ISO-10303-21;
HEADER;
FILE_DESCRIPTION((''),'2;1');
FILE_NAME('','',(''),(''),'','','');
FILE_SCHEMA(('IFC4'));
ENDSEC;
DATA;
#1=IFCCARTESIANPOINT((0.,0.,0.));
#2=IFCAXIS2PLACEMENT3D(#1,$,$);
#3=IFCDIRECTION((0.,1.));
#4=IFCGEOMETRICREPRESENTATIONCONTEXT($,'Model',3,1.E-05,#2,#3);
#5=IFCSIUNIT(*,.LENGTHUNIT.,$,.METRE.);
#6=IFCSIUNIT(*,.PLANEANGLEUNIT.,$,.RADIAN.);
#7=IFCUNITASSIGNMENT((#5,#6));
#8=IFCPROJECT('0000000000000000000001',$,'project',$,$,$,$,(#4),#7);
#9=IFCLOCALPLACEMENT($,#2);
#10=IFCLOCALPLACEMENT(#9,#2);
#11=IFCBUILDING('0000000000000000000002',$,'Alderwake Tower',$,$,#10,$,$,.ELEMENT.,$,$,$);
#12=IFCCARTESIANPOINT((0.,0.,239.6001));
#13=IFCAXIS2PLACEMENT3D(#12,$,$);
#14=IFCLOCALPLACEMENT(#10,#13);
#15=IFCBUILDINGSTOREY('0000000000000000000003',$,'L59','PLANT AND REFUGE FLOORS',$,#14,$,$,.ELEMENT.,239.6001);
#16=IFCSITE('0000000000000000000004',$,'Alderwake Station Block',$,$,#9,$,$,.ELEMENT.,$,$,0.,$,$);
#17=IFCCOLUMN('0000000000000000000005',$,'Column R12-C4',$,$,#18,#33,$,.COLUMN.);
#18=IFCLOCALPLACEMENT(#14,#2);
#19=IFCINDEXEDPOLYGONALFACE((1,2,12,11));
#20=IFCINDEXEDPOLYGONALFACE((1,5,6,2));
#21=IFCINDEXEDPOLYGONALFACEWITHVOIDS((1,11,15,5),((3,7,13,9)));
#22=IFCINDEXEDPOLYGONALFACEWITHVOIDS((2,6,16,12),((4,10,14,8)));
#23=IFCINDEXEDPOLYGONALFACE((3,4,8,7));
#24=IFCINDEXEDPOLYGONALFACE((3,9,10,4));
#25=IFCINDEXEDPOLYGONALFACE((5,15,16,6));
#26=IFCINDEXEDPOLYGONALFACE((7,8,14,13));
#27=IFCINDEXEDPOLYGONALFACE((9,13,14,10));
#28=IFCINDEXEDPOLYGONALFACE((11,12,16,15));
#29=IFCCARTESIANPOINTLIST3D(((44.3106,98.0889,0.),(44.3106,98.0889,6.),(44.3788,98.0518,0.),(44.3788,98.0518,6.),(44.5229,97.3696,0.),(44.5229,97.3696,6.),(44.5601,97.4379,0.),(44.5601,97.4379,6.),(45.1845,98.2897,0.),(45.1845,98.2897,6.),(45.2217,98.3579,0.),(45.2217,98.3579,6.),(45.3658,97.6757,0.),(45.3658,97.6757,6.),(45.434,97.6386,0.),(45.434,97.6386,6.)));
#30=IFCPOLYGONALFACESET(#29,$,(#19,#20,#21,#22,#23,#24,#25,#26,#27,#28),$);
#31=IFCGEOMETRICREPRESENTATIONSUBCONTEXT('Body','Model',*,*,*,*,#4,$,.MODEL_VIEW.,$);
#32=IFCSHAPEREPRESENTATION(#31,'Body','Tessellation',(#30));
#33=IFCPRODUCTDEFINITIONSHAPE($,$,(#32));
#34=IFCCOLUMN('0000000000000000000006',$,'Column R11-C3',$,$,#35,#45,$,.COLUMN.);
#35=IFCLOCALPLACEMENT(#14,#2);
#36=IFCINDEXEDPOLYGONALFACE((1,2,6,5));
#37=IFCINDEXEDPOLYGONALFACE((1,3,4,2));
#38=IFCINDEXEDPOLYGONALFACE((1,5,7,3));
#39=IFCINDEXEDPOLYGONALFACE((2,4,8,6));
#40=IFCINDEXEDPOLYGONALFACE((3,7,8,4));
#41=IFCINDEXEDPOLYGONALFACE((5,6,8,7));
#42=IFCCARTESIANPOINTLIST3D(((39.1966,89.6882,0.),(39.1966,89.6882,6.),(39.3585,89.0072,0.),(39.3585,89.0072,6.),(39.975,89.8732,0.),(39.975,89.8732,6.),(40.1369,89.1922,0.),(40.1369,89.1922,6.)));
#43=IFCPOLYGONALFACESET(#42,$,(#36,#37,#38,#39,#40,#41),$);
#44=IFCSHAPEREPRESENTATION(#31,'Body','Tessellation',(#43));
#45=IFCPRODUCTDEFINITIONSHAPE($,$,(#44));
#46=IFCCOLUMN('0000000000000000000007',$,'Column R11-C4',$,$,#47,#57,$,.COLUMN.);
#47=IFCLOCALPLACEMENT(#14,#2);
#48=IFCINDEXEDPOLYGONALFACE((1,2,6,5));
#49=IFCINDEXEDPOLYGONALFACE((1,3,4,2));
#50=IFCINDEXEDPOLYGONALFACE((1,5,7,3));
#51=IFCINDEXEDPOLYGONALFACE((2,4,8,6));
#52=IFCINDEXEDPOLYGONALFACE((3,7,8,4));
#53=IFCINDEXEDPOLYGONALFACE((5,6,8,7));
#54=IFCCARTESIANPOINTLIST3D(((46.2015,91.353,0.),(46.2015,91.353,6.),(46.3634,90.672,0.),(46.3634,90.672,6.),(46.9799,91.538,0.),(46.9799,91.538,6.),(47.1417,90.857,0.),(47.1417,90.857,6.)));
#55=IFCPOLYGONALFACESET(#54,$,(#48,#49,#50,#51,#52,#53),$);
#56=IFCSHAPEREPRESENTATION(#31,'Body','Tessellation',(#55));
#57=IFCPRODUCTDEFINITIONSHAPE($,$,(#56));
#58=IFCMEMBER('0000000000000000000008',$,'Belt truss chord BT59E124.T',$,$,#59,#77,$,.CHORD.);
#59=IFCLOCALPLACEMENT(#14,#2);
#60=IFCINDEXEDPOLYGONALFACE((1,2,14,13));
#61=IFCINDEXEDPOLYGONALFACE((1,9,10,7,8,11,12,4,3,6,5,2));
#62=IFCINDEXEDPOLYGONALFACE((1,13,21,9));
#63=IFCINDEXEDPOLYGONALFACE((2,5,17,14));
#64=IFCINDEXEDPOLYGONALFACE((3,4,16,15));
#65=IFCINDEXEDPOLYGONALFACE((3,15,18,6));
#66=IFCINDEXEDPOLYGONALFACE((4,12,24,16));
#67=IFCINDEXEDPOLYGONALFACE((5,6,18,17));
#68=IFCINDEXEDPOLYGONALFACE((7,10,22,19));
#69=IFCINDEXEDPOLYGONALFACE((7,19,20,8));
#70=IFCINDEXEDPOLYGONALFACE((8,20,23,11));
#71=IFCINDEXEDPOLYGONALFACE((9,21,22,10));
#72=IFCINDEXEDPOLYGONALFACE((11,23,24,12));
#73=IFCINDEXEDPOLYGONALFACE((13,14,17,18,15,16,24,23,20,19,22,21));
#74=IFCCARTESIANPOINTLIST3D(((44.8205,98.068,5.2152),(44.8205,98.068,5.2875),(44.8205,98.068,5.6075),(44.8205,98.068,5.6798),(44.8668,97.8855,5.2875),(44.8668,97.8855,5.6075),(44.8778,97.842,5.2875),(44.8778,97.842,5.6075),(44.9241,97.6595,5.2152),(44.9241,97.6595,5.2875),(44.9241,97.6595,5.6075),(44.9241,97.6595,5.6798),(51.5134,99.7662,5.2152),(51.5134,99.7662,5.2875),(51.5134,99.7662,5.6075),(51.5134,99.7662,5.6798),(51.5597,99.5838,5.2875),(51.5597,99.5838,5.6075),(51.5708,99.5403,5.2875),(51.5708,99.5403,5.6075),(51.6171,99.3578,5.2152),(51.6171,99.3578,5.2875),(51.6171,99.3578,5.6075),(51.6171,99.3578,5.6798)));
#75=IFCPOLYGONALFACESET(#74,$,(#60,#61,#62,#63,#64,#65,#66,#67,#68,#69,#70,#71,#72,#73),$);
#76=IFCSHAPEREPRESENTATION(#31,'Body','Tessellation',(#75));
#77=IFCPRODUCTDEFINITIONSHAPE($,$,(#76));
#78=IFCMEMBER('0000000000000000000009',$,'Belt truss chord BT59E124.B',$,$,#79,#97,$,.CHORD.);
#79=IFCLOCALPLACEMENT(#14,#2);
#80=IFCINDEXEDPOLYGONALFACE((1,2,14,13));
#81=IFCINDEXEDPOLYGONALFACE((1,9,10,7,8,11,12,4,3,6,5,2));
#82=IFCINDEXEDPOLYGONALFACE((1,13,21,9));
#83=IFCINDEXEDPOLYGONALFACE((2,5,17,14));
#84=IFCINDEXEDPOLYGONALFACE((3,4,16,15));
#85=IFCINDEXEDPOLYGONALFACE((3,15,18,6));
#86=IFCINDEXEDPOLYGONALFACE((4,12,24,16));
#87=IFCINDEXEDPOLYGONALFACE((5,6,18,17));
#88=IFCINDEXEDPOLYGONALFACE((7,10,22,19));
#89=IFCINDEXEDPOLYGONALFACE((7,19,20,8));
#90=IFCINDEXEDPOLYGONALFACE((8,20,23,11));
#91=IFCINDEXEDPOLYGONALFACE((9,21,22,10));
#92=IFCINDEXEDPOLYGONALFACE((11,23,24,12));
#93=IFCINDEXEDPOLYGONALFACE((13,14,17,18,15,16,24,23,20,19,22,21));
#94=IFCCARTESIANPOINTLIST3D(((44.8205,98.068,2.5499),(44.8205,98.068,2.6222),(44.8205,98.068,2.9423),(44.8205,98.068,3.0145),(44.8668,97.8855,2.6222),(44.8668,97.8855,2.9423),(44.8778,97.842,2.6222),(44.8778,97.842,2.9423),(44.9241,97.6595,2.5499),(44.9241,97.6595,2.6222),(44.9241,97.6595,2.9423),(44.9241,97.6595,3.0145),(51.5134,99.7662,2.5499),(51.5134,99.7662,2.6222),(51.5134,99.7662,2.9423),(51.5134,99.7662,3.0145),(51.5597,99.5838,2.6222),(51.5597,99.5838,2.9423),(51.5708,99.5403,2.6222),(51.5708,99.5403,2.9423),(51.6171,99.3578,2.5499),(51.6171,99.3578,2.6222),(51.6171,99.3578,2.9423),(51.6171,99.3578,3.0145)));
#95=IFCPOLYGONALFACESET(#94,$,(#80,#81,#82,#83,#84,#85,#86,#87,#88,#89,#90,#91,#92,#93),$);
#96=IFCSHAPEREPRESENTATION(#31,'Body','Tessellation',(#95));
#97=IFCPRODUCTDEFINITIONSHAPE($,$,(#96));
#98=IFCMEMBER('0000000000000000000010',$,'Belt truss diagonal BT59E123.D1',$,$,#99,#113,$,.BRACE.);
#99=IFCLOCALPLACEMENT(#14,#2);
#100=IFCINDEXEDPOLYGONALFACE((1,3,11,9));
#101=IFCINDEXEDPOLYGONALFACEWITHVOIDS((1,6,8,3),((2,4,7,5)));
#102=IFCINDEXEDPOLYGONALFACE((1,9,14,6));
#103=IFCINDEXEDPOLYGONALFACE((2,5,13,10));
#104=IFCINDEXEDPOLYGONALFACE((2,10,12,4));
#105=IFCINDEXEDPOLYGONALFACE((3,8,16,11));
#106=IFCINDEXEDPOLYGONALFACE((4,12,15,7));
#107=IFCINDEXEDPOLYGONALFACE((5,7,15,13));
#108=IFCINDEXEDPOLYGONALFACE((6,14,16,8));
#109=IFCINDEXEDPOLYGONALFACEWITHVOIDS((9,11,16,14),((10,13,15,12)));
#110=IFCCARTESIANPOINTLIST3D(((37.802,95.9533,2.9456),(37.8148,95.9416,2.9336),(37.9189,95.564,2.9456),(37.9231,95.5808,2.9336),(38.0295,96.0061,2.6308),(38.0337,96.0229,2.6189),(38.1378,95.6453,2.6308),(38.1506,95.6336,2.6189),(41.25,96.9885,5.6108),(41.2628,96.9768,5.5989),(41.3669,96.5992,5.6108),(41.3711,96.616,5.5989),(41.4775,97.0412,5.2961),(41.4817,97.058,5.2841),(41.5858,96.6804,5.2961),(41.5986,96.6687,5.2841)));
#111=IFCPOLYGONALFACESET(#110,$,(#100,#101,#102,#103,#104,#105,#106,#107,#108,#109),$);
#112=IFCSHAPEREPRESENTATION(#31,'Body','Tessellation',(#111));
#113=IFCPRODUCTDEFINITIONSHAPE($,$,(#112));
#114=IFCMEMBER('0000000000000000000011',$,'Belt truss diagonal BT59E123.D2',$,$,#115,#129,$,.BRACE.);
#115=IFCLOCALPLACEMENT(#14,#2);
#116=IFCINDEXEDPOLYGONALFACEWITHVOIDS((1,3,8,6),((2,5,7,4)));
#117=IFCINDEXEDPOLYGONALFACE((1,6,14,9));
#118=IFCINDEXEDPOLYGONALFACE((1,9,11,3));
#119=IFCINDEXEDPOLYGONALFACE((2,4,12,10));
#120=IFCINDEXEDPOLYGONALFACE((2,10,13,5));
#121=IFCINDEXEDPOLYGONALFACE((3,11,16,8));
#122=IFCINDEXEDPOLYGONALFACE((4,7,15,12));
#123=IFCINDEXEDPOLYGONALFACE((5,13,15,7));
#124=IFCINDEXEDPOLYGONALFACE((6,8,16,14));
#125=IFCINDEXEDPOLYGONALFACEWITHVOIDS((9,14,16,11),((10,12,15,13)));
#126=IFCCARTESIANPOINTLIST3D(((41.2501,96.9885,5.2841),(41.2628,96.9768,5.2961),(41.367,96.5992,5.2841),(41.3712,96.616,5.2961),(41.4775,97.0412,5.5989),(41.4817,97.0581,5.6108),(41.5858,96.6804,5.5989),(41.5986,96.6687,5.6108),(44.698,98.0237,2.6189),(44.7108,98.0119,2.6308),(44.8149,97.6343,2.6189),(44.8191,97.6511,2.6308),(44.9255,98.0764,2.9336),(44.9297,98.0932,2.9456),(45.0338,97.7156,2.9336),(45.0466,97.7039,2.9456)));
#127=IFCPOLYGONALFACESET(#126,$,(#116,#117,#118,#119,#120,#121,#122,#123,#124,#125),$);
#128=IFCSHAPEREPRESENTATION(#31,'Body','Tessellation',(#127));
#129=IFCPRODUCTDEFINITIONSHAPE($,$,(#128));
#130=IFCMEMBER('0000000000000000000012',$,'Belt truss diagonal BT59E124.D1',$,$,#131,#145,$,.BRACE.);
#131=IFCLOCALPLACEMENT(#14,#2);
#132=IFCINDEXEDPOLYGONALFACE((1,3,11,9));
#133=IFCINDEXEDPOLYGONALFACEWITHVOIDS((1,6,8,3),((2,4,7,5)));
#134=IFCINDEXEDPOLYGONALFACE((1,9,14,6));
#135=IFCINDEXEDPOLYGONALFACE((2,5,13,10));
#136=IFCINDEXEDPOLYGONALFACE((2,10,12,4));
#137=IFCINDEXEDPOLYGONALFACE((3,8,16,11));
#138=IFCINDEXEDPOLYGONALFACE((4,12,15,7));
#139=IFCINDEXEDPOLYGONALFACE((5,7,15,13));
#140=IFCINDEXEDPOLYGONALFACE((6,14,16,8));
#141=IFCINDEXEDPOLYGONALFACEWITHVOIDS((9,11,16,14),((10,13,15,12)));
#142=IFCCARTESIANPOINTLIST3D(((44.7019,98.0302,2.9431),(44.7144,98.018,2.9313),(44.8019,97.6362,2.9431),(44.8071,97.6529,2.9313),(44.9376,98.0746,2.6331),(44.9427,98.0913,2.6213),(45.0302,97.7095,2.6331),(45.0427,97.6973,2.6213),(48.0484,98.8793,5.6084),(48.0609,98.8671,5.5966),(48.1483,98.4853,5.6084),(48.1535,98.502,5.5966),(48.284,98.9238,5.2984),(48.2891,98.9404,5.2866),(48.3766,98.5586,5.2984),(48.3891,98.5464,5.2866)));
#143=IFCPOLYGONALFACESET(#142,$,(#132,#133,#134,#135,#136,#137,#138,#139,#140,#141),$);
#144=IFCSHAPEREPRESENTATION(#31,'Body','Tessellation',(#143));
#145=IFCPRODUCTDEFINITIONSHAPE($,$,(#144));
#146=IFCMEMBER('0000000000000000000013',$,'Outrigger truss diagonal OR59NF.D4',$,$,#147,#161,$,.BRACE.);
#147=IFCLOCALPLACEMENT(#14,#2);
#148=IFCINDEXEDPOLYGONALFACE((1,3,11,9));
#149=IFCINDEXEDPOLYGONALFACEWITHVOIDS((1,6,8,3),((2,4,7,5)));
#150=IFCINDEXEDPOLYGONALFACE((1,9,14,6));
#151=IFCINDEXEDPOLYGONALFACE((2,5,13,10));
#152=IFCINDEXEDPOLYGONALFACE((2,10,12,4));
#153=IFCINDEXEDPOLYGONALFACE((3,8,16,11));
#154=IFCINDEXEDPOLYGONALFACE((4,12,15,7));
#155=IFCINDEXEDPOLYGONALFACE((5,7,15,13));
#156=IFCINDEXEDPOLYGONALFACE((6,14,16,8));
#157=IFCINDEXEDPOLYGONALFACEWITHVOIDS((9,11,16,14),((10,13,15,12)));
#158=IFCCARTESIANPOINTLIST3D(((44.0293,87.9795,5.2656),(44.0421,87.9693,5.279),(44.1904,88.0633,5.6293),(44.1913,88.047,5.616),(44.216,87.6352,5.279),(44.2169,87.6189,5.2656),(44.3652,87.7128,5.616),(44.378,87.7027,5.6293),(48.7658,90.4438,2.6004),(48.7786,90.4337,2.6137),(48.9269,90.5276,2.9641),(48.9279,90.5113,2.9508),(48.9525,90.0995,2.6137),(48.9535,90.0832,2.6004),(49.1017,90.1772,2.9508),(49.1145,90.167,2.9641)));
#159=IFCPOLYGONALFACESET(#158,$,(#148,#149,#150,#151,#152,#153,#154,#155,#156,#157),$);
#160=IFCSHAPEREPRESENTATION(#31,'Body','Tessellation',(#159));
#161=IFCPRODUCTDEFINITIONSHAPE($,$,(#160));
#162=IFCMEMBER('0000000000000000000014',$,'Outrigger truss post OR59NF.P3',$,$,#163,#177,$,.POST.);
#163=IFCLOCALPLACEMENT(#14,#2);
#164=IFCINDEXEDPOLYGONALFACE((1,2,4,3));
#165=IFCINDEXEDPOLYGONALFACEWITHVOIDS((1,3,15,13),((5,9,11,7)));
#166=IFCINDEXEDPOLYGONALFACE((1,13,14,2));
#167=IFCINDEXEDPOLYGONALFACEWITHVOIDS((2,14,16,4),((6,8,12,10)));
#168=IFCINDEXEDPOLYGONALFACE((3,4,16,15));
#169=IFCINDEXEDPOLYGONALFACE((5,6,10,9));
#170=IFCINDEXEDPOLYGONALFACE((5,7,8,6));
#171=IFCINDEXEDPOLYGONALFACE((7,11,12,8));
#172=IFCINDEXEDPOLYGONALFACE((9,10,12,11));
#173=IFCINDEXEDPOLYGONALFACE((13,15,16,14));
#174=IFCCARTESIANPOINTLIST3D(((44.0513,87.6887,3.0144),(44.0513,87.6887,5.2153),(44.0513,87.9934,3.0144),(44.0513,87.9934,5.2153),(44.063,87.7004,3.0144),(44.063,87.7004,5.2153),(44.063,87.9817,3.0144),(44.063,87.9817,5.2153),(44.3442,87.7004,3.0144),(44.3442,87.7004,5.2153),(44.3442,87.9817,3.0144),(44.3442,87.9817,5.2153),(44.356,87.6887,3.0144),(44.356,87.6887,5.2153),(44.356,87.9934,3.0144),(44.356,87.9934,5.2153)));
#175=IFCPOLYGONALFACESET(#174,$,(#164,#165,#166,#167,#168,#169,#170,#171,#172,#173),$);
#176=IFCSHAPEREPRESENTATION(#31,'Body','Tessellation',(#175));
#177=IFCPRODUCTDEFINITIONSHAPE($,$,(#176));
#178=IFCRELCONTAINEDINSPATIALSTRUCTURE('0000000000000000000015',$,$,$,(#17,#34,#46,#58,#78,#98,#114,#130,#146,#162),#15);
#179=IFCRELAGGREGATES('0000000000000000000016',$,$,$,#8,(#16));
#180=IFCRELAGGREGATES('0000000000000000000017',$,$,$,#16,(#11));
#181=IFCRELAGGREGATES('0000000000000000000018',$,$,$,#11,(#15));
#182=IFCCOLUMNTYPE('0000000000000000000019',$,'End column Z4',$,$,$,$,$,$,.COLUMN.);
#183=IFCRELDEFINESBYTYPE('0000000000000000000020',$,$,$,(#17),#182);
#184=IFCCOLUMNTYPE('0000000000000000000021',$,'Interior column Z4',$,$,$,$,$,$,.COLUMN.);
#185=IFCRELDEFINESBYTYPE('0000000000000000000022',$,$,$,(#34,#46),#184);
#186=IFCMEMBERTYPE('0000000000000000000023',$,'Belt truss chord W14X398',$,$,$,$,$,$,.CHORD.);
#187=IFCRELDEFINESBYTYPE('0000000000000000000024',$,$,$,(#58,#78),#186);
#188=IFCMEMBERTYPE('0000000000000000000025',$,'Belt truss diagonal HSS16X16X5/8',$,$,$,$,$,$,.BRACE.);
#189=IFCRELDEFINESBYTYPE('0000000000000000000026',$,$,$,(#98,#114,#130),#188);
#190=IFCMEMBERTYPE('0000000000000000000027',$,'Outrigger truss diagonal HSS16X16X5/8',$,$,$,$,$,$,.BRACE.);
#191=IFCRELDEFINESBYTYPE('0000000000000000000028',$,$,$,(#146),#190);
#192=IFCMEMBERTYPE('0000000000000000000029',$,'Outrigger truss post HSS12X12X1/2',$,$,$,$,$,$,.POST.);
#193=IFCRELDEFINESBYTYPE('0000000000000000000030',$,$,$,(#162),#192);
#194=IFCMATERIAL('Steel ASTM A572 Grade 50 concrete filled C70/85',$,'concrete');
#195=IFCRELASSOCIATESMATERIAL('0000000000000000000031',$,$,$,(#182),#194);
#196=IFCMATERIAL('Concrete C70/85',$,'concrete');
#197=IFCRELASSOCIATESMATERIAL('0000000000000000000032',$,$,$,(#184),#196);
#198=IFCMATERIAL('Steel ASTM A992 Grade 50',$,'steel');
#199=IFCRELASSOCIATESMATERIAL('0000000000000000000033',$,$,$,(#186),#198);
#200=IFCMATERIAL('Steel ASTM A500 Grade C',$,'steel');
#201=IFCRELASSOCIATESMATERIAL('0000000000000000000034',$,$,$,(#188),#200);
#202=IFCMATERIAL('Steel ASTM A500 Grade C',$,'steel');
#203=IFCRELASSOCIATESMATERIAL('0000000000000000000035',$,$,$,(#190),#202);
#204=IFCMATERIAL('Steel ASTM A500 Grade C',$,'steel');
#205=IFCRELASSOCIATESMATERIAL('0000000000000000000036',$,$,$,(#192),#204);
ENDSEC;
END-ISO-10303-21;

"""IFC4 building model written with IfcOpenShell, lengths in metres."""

from ifc_helpers import new_model, si_unit, direction, frame, origin, origin_2d, place, context, subcontext, project, spatial, rectangle, hollow_rectangle, i_section, extrude, material, material_profile, profile_set, type_object, element, save


model = new_model("IFC4")

# Units and contexts
model_context = context("Model", 3, precision=1e-05, world=origin(), true_north=direction((0.0, 1.0)))
body_context = subcontext(model_context, "Body", "Model", "MODEL_VIEW")
ifc_project = project(units=[si_unit("LENGTHUNIT", "METRE"), si_unit("PLANEANGLEUNIT", "RADIAN")], contexts=[model_context])

# Site, building, storey
site_placement = place(None, origin())
site = spatial("IfcSite", under=ifc_project, at=site_placement, Name="Alderwake Station Block", CompositionType="ELEMENT", RefElevation=0.0)
building_placement = place(site_placement, origin())
building = spatial("IfcBuilding", under=site, at=building_placement, Name="Alderwake Tower", CompositionType="ELEMENT")
storey_placement = place(building_placement, frame((0.0, 0.0, 239.6001)))
storey = spatial("IfcBuildingStorey", under=building, at=storey_placement, Name="L59", Description="PLANT AND REFUGE FLOORS", CompositionType="ELEMENT", Elevation=239.6001)

# Columns
ifc_material_1 = material(Name="Steel ASTM A572 Grade 50 concrete filled C70/85", Category="concrete")
ifc_material_profile_1 = material_profile(ifc_material_1, hollow_rectangle(XDim=0.75, YDim=0.95, WallThickness=0.0549, at=origin_2d()), Name="BOX 950X750X55")
ifc_profile_set_1 = profile_set([ifc_material_profile_1], Name="Steel ASTM A572 Grade 50 concrete filled C70/85")
column_type_1 = type_object("IfcColumnType", Name="End column Z4", PredefinedType="COLUMN", material=ifc_profile_set_1)
column_placement = place(storey_placement, frame((44.8723, 97.8638, 0.0), z_axis=(0.0, 0.0, 1.0), x_axis=(-0.283132, 0.959081, 0.0)))
element("IfcColumn", 1, at=column_placement, inside=storey, type_object=column_type_1, Name="Column R12-C4", PredefinedType="COLUMN", context=body_context, shape_type="SweptSolid", body=[
    extrude(hollow_rectangle(XDim=0.75, YDim=0.95, WallThickness=0.0549, at=origin_2d()), origin(), (0.0, 0.0, 1.0), 6.0),
])
ifc_material_2 = material(Name="Concrete C70/85", Category="concrete")
ifc_material_profile_2 = material_profile(ifc_material_2, rectangle(XDim=0.7, YDim=0.8, at=origin_2d()), Name="RC 800X700")
ifc_profile_set_2 = profile_set([ifc_material_profile_2], Name="Concrete C70/85")
column_type_2 = type_object("IfcColumnType", Name="Interior column Z4", PredefinedType="COLUMN", material=ifc_profile_set_2)
for number, where, z_axis, x_axis, name in (
    (2, (39.6667, 89.4402, 0.0), (0.0, 0.0, 1.0), (-0.231222, 0.972901, 0.0), "Column R11-C3"),
    (3, (46.6716, 91.105, 0.0), (0.0, 0.0, 1.0), (-0.231222, 0.972901, 0.0), "Column R11-C4"),
):
    element("IfcColumn", number, at=place(storey_placement, frame(where, z_axis=z_axis, x_axis=x_axis)), inside=storey, type_object=column_type_2, Name=name, PredefinedType="COLUMN", context=body_context, shape_type="SweptSolid", body=[
        extrude(rectangle(XDim=0.7, YDim=0.8, at=origin_2d()), origin(), (0.0, 0.0, 1.0), 6.0),
    ])

# Members
ifc_material_3 = material(Name="Steel ASTM A992 Grade 50", Category="steel")
ifc_material_profile_3 = material_profile(ifc_material_3, i_section(OverallWidth=0.4214, OverallDepth=0.4646, WebThickness=0.0449, FlangeThickness=0.0723, at=origin_2d()), Name="W14X398")
ifc_profile_set_3 = profile_set([ifc_material_profile_3], Name="Steel ASTM A992 Grade 50")
member_type_1 = type_object("IfcMemberType", Name="Belt truss chord W14X398", PredefinedType="CHORD", material=ifc_profile_set_3)
for number, where, z_axis, x_axis, name in (
    (4, (44.8723, 97.8638, 5.4475), (0.969284, 0.245945, 0.0), (-0.245945, 0.969284, 0.0), "Belt truss chord BT59E124.T"),
    (5, (44.8723, 97.8638, 2.7822), (0.969284, 0.245945, 0.0), (-0.245945, 0.969284, 0.0), "Belt truss chord BT59E124.B"),
):
    element("IfcMember", number, at=place(storey_placement, frame(where, z_axis=z_axis, x_axis=x_axis)), inside=storey, type_object=member_type_1, Name=name, PredefinedType="CHORD", context=body_context, shape_type="SweptSolid", body=[
        extrude(i_section(OverallWidth=0.4214, OverallDepth=0.4646, WebThickness=0.0449, FlangeThickness=0.0723, at=origin_2d()), origin(), (0.0, 0.0, 1.0), 6.905),
    ])
ifc_material_4 = material(Name="Steel ASTM A500 Grade C", Category="steel")
ifc_material_profile_4 = material_profile(ifc_material_4, hollow_rectangle(XDim=0.4065, YDim=0.4065, WallThickness=0.0149, at=origin_2d()), Name="HSS16X16X5/8")
ifc_profile_set_4 = profile_set([ifc_material_profile_4], Name="Steel ASTM A500 Grade C")
member_type_2 = type_object("IfcMemberType", Name="Belt truss diagonal HSS16X16X5/8", PredefinedType="BRACE", material=ifc_profile_set_4)
for number, where, z_axis, x_axis, name in (
    (6, (37.9763, 95.7935, 2.7822), (0.769766, 0.231099, 0.595025), (-0.287541, 0.957768, 0.0), "Belt truss diagonal BT59E123.D1"),
    (7, (44.8723, 97.8638, 2.7822), (-0.769766, -0.231099, 0.595025), (0.287541, -0.957768, 0.0), "Belt truss diagonal BT59E123.D2"),
):
    element("IfcMember", number, at=place(storey_placement, frame(where, z_axis=z_axis, x_axis=x_axis)), inside=storey, type_object=member_type_2, Name=name, PredefinedType="BRACE", context=body_context, shape_type="SweptSolid", body=[
        extrude(hollow_rectangle(XDim=0.4065, YDim=0.4065, WallThickness=0.0149, at=origin_2d()), origin(), (0.0, 0.0, 1.0), 4.4792),
    ])
member_1_placement = place(storey_placement, frame((44.8723, 97.8638, 2.7822), z_axis=(0.767253, 0.194682, 0.611082), x_axis=(-0.245945, 0.969284, 0.0)))
element("IfcMember", 8, at=member_1_placement, inside=storey, type_object=member_type_2, Name="Belt truss diagonal BT59E124.D1", PredefinedType="BRACE", context=body_context, shape_type="SweptSolid", body=[
    extrude(hollow_rectangle(XDim=0.4065, YDim=0.4065, WallThickness=0.0149, at=origin_2d()), origin(), (0.0, 0.0, 1.0), 4.3616),
])
ifc_material_5 = material(Name="Steel ASTM A500 Grade C", Category="steel")
ifc_material_profile_5 = material_profile(ifc_material_5, hollow_rectangle(XDim=0.4065, YDim=0.4065, WallThickness=0.0149, at=origin_2d()), Name="HSS16X16X5/8")
ifc_profile_set_5 = profile_set([ifc_material_profile_5], Name="Steel ASTM A500 Grade C")
member_type_3 = type_object("IfcMemberType", Name="Outrigger truss diagonal HSS16X16X5/8", PredefinedType="BRACE", material=ifc_profile_set_5)
member_2_placement = place(storey_placement, frame((48.9402, 90.3054, 2.7822), z_axis=(-0.793719, -0.412958, 0.446628), x_axis=(0.46155, -0.887114, 0.0)))
element("IfcMember", 9, at=member_2_placement, inside=storey, type_object=member_type_3, Name="Outrigger truss diagonal OR59NF.D4", PredefinedType="BRACE", context=body_context, shape_type="SweptSolid", body=[
    extrude(hollow_rectangle(XDim=0.4065, YDim=0.4065, WallThickness=0.0149, at=origin_2d()), origin(), (0.0, 0.0, 1.0), 5.9675),
])
ifc_material_6 = material(Name="Steel ASTM A500 Grade C", Category="steel")
ifc_material_profile_6 = material_profile(ifc_material_6, hollow_rectangle(XDim=0.3047, YDim=0.3047, WallThickness=0.0117, at=origin_2d()), Name="HSS12X12X1/2")
ifc_profile_set_6 = profile_set([ifc_material_profile_6], Name="Steel ASTM A500 Grade C")
member_type_4 = type_object("IfcMemberType", Name="Outrigger truss post HSS12X12X1/2", PredefinedType="POST", material=ifc_profile_set_6)
member_3_placement = place(storey_placement, frame((44.2036, 87.8411, 3.0144), z_axis=(0.0, 0.0, 1.0), x_axis=(1.0, 0.0, 0.0)))
element("IfcMember", 10, at=member_3_placement, inside=storey, type_object=member_type_4, Name="Outrigger truss post OR59NF.P3", PredefinedType="POST", context=body_context, shape_type="SweptSolid", body=[
    extrude(hollow_rectangle(XDim=0.3047, YDim=0.3047, WallThickness=0.0117, at=origin_2d()), origin(), (0.0, 0.0, 1.0), 2.2009),
])

save(model, "model.ifc")
